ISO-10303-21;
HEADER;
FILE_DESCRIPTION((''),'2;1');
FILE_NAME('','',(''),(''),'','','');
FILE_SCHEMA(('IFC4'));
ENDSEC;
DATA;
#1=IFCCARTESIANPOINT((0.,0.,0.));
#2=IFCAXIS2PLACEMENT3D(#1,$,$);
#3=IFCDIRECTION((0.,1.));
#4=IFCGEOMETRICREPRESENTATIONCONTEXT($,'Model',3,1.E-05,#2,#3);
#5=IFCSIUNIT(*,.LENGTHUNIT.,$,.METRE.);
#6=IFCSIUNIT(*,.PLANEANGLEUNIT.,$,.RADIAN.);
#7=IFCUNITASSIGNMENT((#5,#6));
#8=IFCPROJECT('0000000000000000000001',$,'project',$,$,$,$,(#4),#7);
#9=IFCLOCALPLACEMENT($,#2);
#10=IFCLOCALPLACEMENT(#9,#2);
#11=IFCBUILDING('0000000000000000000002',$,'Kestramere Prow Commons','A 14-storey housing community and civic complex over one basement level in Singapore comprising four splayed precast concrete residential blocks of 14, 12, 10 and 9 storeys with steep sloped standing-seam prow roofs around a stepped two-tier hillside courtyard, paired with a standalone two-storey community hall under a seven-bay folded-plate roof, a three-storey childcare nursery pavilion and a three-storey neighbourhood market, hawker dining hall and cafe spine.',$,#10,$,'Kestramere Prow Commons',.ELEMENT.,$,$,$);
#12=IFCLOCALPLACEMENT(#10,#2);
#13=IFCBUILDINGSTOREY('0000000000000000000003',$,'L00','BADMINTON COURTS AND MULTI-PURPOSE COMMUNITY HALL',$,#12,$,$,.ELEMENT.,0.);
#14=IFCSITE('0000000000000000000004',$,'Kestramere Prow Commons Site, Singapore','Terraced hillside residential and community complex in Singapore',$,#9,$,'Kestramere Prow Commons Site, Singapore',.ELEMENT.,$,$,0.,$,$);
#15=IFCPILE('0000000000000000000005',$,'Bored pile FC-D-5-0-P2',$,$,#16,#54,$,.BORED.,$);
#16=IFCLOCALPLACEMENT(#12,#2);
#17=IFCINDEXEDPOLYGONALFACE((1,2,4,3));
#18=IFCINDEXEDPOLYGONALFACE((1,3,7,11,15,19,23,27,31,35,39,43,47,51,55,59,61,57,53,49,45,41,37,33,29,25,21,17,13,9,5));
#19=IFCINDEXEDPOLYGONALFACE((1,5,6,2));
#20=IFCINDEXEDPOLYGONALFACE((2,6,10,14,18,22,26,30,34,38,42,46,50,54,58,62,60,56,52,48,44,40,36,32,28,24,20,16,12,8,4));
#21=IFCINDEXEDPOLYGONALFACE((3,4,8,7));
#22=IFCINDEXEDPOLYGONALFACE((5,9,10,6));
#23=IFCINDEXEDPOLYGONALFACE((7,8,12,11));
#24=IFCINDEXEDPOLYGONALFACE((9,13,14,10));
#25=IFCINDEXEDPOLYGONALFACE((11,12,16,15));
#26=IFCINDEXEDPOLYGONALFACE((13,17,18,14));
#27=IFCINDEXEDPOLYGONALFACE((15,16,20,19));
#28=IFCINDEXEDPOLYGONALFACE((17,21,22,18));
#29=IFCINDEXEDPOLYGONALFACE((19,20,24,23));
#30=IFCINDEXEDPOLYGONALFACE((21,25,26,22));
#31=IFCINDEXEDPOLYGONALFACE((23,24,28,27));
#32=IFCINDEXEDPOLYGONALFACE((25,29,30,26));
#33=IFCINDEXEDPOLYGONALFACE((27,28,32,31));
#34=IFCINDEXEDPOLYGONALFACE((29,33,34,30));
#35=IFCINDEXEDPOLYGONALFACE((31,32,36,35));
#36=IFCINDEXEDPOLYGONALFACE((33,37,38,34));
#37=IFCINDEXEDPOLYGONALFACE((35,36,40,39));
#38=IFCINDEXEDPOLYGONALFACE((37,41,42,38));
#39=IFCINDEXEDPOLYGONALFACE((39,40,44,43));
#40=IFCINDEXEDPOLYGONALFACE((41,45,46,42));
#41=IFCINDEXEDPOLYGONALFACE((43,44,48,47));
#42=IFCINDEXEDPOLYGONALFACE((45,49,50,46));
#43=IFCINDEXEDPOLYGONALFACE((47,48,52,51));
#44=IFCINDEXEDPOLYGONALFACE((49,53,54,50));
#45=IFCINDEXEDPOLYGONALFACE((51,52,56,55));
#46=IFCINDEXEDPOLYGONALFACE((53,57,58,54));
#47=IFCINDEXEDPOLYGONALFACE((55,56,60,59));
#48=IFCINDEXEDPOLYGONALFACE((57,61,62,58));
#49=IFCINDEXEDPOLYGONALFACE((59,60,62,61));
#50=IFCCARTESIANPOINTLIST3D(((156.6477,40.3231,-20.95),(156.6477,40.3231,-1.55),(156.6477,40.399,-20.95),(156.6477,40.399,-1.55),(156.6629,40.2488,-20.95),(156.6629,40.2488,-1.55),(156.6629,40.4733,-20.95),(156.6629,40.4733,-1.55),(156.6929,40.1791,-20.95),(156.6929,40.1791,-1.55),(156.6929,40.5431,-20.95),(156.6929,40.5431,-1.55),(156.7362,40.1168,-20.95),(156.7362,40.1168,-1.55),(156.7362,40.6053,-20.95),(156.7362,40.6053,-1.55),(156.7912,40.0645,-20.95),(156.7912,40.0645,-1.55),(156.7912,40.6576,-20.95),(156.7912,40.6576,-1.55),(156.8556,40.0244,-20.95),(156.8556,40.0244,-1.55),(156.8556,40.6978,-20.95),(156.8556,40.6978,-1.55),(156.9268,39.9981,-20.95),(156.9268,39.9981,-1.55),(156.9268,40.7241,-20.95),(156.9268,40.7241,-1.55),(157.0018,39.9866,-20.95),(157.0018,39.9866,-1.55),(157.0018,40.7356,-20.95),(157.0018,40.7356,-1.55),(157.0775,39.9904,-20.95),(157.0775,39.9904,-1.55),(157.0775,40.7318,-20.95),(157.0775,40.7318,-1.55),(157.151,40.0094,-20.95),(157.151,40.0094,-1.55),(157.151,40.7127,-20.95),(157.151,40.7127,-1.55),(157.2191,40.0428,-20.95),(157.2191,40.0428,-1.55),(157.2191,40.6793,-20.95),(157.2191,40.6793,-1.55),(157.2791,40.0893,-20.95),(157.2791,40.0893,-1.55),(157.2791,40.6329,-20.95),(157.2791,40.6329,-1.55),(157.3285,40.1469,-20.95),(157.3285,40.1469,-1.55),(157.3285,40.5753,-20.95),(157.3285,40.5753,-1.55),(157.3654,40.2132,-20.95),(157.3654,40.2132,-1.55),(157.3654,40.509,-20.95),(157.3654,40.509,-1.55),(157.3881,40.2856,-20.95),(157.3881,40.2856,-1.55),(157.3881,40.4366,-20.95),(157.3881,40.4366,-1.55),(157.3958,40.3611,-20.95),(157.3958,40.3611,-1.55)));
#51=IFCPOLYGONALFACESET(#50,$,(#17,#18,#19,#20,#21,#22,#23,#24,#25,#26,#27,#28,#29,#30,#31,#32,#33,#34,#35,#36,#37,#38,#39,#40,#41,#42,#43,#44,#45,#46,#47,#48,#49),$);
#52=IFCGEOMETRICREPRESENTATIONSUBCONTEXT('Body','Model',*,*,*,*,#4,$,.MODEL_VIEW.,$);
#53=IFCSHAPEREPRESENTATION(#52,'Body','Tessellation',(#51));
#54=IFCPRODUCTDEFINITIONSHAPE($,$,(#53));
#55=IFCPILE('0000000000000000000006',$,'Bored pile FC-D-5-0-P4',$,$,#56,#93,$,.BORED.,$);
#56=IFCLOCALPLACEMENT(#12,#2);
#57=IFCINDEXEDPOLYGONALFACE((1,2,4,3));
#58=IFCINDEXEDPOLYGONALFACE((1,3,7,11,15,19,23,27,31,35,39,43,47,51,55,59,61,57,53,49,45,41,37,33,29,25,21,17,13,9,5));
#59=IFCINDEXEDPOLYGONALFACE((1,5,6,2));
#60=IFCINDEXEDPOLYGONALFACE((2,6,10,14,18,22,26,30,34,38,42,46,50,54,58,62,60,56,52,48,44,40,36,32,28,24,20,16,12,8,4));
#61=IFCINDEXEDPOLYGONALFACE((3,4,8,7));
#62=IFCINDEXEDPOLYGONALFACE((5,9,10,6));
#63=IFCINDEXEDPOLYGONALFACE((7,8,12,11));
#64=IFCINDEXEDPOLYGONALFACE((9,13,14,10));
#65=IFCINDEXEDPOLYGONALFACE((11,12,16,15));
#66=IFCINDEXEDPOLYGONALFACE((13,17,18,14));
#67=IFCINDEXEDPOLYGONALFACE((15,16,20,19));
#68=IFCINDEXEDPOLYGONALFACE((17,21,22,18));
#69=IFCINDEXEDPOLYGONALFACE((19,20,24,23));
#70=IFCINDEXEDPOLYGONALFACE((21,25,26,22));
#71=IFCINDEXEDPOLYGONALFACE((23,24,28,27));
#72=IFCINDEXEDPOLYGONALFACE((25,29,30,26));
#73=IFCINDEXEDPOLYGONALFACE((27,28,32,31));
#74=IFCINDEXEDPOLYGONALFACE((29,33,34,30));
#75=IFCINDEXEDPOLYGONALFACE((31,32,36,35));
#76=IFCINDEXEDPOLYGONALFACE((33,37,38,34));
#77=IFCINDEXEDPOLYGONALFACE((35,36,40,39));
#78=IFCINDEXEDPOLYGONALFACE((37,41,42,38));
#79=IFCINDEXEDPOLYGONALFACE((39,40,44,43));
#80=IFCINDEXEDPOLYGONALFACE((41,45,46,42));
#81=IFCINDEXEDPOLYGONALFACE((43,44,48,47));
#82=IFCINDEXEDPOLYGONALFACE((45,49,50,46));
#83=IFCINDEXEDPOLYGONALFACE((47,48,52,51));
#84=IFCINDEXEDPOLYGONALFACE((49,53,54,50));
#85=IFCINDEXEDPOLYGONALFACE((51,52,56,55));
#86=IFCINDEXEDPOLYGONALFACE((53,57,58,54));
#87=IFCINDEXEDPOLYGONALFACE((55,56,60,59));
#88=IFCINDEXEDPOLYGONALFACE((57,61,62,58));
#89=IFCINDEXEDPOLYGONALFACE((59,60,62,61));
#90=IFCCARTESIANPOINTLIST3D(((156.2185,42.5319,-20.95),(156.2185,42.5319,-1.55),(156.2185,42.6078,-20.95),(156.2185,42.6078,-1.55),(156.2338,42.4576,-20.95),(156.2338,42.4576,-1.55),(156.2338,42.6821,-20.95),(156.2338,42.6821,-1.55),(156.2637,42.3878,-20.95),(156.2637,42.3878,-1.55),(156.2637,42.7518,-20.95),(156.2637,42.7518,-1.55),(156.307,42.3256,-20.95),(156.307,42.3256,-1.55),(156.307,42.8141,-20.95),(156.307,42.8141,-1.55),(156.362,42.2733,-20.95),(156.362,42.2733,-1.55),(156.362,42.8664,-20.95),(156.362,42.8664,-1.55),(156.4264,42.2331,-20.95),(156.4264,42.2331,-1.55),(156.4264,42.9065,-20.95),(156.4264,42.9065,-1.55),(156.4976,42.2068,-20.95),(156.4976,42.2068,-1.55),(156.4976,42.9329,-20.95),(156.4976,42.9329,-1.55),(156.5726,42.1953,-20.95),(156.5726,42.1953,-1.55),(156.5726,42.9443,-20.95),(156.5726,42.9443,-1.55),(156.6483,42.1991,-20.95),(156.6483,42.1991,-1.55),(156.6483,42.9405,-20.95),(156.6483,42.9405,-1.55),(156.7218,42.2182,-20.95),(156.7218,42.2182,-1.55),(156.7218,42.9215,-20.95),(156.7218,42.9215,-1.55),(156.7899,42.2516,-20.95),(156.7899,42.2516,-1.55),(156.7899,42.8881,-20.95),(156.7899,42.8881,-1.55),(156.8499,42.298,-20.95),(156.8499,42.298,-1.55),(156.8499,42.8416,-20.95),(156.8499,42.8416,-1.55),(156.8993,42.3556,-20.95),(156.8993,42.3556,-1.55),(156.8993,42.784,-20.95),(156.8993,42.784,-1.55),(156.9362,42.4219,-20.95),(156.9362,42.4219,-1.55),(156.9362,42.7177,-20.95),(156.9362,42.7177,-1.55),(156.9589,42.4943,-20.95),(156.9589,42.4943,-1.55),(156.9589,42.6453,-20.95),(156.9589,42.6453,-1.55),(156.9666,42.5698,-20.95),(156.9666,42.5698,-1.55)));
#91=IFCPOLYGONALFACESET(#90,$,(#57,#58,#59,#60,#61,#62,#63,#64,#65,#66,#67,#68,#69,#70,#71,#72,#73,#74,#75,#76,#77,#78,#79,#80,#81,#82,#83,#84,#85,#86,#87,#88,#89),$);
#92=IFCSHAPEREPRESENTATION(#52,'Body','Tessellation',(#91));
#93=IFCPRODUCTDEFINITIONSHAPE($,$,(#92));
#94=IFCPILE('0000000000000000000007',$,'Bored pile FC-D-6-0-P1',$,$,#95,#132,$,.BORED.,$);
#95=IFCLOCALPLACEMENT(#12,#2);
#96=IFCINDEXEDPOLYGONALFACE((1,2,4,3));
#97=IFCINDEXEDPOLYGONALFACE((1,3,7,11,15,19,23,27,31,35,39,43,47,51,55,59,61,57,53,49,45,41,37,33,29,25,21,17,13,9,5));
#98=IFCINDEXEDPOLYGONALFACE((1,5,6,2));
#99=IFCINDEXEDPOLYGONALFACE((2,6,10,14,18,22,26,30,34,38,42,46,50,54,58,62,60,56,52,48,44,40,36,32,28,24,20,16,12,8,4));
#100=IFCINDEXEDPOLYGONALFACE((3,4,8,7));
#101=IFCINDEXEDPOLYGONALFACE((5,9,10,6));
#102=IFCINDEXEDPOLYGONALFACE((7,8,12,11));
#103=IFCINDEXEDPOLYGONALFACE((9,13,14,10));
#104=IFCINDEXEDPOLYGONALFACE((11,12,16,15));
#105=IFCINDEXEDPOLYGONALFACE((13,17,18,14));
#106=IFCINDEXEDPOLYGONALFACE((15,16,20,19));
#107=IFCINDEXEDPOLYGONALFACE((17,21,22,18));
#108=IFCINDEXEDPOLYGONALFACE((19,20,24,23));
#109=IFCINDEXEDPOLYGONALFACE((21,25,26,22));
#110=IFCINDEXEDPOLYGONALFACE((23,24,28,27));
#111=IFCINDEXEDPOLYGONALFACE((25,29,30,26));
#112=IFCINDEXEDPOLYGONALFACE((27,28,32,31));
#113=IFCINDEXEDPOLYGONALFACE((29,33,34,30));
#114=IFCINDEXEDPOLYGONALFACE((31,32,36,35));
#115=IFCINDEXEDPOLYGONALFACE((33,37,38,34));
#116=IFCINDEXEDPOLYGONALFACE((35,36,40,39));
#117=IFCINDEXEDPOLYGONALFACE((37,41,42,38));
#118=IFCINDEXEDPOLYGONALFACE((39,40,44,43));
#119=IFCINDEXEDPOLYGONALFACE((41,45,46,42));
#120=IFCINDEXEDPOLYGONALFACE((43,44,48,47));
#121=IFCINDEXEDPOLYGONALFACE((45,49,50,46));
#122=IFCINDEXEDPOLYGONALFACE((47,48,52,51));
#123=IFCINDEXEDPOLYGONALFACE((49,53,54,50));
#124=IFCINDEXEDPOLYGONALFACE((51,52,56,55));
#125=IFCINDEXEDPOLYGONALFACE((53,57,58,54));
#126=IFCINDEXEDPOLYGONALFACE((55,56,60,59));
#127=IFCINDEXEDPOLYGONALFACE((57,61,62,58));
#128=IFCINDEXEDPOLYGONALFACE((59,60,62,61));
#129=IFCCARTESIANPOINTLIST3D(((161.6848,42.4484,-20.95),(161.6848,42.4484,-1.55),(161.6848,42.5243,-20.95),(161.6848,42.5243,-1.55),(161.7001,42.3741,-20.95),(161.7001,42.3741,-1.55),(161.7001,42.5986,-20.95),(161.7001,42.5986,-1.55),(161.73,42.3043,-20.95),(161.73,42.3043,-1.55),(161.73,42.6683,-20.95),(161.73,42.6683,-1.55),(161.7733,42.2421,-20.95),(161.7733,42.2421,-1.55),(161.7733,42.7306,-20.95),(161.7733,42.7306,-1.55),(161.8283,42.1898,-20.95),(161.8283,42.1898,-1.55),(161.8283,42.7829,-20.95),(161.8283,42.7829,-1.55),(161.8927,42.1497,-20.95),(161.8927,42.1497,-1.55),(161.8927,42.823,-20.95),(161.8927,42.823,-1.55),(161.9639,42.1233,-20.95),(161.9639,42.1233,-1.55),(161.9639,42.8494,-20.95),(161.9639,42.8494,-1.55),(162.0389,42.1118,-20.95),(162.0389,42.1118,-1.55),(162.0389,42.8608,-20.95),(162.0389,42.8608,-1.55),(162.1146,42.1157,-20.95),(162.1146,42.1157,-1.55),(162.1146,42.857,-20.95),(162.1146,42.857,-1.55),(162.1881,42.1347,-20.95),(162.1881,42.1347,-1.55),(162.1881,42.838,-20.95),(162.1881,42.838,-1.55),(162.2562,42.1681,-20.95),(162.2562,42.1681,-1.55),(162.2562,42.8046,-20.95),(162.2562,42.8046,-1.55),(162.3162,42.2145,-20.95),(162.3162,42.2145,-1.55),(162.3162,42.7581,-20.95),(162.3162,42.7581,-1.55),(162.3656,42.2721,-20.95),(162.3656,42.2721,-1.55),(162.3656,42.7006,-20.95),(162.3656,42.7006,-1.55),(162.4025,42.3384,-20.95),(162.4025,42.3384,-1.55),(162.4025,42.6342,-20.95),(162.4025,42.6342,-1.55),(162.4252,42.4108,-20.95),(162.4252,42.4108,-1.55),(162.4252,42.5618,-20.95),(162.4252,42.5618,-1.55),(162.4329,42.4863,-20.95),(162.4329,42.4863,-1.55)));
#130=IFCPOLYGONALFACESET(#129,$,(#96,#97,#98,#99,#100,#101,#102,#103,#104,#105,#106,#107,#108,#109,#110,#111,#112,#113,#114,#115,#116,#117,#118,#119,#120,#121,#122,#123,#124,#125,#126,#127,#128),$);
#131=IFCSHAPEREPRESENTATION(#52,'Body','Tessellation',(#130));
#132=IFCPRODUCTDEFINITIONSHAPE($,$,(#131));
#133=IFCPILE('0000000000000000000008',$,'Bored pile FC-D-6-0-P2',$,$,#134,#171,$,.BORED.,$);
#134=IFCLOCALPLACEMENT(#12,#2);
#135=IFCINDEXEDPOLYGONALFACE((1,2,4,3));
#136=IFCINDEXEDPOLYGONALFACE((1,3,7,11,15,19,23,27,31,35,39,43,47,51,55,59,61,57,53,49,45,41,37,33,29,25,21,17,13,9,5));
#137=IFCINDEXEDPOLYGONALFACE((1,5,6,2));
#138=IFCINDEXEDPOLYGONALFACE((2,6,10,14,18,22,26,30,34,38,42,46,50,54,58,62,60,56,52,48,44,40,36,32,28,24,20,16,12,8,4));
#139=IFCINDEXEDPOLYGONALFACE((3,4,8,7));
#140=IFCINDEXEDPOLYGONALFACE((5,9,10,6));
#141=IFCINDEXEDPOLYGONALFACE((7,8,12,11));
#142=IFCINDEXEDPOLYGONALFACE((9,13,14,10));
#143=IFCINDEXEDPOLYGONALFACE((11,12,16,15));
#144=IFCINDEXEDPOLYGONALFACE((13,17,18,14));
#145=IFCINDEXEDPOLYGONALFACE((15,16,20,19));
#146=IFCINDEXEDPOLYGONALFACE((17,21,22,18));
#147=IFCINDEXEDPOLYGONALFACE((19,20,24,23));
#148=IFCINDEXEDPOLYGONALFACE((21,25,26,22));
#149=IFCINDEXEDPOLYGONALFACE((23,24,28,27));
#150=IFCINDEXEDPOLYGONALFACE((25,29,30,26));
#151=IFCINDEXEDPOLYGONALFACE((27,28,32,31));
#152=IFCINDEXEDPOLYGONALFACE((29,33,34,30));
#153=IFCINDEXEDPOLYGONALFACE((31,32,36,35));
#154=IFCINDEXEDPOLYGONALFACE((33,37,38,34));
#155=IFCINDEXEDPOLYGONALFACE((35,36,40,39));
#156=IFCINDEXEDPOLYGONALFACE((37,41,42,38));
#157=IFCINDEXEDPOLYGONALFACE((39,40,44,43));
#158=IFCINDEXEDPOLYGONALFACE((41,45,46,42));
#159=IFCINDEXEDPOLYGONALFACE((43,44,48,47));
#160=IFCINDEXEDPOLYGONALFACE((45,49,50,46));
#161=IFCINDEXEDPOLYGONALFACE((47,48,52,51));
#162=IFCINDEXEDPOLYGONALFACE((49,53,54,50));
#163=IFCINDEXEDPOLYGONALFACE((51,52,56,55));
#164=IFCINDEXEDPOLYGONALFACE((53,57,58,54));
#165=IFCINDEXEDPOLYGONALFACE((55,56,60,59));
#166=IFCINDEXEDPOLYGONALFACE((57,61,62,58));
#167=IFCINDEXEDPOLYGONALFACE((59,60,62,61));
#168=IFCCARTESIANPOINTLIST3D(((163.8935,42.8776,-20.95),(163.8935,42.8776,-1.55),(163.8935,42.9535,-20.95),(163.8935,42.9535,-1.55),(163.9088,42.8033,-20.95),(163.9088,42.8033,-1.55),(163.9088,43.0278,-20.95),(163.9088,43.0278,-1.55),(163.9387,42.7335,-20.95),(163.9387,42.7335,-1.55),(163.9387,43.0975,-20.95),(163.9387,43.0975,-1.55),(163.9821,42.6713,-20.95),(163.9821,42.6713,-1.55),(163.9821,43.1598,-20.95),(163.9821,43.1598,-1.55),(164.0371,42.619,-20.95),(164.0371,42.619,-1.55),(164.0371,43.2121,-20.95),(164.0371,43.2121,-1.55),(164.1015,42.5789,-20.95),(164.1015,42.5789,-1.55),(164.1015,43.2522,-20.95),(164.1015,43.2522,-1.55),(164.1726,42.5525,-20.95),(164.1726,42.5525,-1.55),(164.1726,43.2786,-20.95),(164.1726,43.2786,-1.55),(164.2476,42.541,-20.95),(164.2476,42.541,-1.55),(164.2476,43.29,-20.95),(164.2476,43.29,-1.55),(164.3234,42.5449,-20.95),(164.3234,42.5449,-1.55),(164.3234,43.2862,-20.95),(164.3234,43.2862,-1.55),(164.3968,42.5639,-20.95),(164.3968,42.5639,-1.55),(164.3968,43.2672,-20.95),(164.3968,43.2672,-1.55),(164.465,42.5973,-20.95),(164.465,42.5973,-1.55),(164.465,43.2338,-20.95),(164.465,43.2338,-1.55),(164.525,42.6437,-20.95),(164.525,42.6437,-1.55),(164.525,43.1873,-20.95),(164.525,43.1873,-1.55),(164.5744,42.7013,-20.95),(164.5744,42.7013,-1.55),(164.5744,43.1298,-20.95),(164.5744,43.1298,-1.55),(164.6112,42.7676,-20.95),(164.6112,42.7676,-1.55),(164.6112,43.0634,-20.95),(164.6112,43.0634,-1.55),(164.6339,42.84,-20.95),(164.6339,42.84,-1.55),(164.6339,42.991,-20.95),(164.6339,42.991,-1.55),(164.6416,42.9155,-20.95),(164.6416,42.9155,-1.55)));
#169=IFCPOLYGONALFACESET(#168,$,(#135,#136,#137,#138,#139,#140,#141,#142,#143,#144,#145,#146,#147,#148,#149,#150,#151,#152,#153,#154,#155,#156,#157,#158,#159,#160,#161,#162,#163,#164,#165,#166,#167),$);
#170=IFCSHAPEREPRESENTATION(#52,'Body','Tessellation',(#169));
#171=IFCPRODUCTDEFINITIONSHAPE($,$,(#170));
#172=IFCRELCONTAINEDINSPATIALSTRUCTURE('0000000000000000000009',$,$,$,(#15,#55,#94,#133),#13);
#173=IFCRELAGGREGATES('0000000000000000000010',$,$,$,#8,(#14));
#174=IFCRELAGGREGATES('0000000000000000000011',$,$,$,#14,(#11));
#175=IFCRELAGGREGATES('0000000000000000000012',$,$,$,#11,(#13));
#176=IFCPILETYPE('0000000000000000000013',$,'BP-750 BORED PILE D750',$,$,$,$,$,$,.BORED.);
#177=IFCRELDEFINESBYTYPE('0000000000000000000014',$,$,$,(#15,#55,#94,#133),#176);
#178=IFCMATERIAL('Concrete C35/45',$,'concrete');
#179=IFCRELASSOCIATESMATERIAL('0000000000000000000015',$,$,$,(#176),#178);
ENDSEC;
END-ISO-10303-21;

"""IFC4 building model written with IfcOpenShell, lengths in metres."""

from ifc_helpers import new_model, si_unit, direction, frame, origin, origin_2d, place, context, subcontext, project, spatial, circle, extrude, material, material_profile, profile_set, type_object, element, save


model = new_model("IFC4")

# Units and contexts
model_context = context("Model", 3, precision=1e-05, world=origin(), true_north=direction((0.0, 1.0)))
body_context = subcontext(model_context, "Body", "Model", "MODEL_VIEW")
ifc_project = project(units=[si_unit("LENGTHUNIT", "METRE"), si_unit("PLANEANGLEUNIT", "RADIAN")], contexts=[model_context])

# Site, building, storey
site_placement = place(None, origin())
site = spatial("IfcSite", under=ifc_project, at=site_placement, Name="Kestramere Prow Commons Site, Singapore", Description="Terraced hillside residential and community complex in Singapore", LongName="Kestramere Prow Commons Site, Singapore", CompositionType="ELEMENT", RefElevation=0.0)
building_placement = place(site_placement, origin())
building = spatial("IfcBuilding", under=site, at=building_placement, Name="Kestramere Prow Commons", Description="A 14-storey housing community and civic complex over one basement level in Singapore comprising four splayed precast concrete residential blocks of 14, 12, 10 and 9 storeys with steep sloped standing-seam prow roofs around a stepped two-tier hillside courtyard, paired with a standalone two-storey community hall under a seven-bay folded-plate roof, a three-storey childcare nursery pavilion and a three-storey neighbourhood market, hawker dining hall and cafe spine.", LongName="Kestramere Prow Commons", CompositionType="ELEMENT")
storey_placement = place(building_placement, origin())
storey = spatial("IfcBuildingStorey", under=building, at=storey_placement, Name="L00", Description="BADMINTON COURTS AND MULTI-PURPOSE COMMUNITY HALL", CompositionType="ELEMENT", Elevation=0.0)

# Piles
ifc_material_1 = material(Name="Concrete C35/45", Category="concrete")
ifc_material_profile_1 = material_profile(ifc_material_1, circle(Radius=0.375, at=origin_2d()), Name="BORED PILE D750")
ifc_profile_set_1 = profile_set([ifc_material_profile_1], Name="Concrete C35/45")
pile_type_1 = type_object("IfcPileType", Name="BP-750 BORED PILE D750", PredefinedType="BORED", material=ifc_profile_set_1)
for number, where, z_axis, x_axis, name in (
    (1, (157.0208, 40.3611, -1.55), (0.0, 0.0, -1.0), (1.0, 0.0, 0.0), "Bored pile FC-D-5-0-P2"),
    (2, (156.5916, 42.5698, -1.55), (0.0, 0.0, -1.0), (1.0, 0.0, 0.0), "Bored pile FC-D-5-0-P4"),
    (3, (162.0579, 42.4863, -1.55), (0.0, 0.0, -1.0), (1.0, 0.0, 0.0), "Bored pile FC-D-6-0-P1"),
    (4, (164.2666, 42.9155, -1.55), (0.0, 0.0, -1.0), (1.0, 0.0, 0.0), "Bored pile FC-D-6-0-P2"),
):
    element("IfcPile", number, at=place(storey_placement, frame(where, z_axis=z_axis, x_axis=x_axis)), inside=storey, type_object=pile_type_1, Name=name, PredefinedType="BORED", context=body_context, shape_type="SweptSolid", body=[
        extrude(circle(Radius=0.375, at=origin_2d()), origin(), (0.0, 0.0, 1.0), 19.3999),
    ])

save(model, "model.ifc")
